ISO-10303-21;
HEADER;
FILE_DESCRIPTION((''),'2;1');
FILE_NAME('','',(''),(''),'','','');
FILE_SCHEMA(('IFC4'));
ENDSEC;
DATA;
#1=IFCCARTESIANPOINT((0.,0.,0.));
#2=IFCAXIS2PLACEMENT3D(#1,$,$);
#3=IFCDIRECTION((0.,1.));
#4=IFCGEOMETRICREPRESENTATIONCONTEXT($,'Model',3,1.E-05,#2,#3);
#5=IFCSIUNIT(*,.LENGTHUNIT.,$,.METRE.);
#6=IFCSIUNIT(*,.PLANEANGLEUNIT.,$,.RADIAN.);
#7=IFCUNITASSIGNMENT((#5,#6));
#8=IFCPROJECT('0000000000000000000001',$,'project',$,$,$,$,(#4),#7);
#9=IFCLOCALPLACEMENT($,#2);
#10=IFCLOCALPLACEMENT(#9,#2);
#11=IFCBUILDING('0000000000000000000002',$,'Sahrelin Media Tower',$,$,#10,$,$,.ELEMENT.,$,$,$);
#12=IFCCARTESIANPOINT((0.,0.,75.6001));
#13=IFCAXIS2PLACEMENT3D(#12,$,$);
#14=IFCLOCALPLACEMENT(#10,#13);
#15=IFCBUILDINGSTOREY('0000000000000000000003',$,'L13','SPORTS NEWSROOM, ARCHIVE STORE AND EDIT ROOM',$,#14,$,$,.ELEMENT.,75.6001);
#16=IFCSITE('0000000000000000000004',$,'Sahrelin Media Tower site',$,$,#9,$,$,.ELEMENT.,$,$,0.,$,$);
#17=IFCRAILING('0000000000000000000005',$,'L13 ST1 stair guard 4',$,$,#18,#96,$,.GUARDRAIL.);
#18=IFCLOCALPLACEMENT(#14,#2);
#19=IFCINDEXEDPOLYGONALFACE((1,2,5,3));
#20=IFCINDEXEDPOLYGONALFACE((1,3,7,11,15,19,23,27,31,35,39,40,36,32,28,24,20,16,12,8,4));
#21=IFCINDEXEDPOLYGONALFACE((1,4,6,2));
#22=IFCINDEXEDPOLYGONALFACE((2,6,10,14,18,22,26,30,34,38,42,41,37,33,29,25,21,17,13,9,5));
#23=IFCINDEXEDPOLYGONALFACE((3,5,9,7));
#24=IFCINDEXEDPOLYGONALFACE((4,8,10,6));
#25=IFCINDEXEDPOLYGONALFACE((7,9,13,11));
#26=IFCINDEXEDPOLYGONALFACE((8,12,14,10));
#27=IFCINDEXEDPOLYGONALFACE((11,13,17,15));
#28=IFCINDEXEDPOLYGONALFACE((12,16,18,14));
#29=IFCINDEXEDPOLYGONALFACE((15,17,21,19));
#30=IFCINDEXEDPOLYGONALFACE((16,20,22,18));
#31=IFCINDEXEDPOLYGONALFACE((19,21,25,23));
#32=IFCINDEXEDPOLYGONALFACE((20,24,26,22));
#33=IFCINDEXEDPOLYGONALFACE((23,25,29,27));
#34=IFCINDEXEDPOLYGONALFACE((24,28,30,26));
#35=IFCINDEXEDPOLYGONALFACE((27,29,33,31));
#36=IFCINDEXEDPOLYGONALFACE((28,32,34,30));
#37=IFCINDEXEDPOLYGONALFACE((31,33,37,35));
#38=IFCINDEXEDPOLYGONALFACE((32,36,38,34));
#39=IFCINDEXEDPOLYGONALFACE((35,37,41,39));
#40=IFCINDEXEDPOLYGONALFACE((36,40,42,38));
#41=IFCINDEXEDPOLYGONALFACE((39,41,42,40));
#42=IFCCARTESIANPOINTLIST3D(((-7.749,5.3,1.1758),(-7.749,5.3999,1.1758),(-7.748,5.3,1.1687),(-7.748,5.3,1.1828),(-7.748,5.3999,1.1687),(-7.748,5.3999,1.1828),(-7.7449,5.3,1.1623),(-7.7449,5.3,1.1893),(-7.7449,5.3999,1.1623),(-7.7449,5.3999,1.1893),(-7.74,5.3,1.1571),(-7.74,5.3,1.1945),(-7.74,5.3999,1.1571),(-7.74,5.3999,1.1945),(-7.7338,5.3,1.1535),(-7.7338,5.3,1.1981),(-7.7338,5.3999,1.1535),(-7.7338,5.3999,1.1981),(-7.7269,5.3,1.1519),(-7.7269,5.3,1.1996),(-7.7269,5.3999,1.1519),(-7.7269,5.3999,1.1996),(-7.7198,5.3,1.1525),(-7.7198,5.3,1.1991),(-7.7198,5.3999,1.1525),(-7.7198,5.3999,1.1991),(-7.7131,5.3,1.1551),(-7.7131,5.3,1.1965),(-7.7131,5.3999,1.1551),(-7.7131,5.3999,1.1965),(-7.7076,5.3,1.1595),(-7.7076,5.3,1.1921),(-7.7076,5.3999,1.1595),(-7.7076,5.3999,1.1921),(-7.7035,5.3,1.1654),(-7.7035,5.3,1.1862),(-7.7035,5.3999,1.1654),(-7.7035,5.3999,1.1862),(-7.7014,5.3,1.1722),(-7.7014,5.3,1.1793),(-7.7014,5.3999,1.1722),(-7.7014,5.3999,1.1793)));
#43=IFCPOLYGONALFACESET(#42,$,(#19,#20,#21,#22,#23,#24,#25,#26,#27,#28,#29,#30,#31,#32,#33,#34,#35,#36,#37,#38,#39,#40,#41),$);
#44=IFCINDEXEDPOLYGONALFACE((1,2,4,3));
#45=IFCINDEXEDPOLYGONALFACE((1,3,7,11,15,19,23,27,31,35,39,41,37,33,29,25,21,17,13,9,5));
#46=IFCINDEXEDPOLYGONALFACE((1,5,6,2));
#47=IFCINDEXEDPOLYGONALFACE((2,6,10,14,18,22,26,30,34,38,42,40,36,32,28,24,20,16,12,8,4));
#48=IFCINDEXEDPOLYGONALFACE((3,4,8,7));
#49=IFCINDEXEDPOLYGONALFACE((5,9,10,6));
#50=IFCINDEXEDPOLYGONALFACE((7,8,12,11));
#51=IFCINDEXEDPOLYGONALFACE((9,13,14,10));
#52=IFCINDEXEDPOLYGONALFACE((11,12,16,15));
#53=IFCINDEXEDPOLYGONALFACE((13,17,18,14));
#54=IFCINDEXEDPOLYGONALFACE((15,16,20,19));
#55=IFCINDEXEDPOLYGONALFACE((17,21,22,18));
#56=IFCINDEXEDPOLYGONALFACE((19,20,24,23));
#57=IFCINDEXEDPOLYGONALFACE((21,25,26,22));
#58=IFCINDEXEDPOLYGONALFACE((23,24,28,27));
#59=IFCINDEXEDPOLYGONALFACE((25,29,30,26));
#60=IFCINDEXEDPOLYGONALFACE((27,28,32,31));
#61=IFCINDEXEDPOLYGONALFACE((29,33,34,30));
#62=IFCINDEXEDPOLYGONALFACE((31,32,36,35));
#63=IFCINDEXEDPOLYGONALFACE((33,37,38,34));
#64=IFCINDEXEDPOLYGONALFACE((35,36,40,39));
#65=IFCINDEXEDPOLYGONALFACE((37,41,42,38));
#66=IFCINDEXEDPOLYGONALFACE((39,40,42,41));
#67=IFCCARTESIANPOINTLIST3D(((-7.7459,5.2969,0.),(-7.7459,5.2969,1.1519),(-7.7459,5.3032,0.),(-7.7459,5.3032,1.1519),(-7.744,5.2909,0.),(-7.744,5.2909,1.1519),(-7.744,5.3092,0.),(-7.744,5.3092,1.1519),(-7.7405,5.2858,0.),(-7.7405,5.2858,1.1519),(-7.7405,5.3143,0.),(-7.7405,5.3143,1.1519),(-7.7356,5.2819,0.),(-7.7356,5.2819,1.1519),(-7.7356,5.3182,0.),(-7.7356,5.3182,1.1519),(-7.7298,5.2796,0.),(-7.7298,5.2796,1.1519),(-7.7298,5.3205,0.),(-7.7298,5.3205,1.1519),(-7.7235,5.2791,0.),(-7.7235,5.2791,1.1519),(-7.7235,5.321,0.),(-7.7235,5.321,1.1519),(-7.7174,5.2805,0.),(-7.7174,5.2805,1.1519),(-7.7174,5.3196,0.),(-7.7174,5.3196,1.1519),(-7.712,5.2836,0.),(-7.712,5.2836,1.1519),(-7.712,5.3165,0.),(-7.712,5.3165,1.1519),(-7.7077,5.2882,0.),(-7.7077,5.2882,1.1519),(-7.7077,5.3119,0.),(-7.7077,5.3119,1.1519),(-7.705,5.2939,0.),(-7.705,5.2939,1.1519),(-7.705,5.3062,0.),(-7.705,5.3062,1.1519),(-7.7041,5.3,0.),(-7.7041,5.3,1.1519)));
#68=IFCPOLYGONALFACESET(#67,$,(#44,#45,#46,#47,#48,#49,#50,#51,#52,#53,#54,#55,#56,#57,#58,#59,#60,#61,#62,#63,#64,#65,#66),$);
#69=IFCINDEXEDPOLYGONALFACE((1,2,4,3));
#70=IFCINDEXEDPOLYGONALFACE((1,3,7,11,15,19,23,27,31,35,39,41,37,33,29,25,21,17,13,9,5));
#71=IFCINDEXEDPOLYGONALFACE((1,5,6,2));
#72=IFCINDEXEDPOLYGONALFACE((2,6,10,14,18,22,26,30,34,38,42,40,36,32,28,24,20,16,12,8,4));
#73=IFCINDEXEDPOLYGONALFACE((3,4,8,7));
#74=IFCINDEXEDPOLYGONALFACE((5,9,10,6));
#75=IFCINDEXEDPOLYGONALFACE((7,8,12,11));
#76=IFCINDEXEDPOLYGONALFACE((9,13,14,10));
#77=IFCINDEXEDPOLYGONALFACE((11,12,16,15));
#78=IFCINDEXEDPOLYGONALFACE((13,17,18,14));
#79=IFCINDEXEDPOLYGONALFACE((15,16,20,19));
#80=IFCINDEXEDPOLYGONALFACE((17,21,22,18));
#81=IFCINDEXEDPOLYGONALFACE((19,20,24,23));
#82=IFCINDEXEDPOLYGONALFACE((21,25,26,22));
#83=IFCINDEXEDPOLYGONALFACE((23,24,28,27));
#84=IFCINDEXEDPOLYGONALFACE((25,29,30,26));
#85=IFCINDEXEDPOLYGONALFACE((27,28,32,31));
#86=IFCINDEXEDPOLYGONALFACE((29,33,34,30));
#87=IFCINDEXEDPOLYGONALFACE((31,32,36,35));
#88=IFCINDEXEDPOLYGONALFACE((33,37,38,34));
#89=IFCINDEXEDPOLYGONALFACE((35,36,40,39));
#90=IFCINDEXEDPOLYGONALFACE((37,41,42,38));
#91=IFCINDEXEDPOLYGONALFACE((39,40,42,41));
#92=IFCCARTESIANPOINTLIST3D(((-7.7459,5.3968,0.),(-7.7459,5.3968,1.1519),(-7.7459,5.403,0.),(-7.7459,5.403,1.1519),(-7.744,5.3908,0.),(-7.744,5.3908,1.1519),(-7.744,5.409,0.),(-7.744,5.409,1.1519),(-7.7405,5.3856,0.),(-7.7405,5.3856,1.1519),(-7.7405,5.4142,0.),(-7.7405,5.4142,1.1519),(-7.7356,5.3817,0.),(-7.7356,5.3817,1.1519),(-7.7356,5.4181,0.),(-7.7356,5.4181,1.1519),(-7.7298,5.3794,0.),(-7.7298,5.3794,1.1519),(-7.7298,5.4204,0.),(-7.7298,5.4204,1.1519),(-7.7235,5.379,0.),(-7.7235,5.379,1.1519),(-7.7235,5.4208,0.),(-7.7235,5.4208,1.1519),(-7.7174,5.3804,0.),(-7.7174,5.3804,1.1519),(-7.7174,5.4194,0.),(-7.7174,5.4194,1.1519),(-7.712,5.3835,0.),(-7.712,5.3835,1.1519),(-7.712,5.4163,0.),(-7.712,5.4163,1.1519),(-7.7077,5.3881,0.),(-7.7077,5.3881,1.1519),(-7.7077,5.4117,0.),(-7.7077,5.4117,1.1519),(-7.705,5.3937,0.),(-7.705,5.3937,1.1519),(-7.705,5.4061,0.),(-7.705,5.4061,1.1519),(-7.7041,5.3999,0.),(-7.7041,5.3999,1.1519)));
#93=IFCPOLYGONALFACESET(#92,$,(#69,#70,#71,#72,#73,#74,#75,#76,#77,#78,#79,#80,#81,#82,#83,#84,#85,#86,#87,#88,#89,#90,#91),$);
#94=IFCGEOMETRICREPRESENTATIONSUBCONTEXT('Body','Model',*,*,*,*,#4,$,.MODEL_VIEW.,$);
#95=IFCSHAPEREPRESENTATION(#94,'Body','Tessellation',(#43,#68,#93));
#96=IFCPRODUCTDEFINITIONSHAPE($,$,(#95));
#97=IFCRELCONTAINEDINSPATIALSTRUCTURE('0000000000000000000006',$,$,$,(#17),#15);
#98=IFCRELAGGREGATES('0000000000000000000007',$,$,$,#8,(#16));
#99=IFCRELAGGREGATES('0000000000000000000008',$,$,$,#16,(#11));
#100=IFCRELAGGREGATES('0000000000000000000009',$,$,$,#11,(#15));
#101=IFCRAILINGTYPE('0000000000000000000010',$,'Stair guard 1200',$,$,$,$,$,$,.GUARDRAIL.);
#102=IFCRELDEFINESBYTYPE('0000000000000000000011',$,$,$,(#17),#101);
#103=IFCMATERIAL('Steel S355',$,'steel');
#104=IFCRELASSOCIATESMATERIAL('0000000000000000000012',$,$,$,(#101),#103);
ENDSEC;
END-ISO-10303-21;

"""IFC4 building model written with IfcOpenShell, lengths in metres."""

from ifc_helpers import new_model, si_unit, direction, frame, origin, origin_2d, place, context, subcontext, project, spatial, circle, extrude, material, type_object, element, save


model = new_model("IFC4")

# Units and contexts
model_context = context("Model", 3, precision=1e-05, world=origin(), true_north=direction((0.0, 1.0)))
body_context = subcontext(model_context, "Body", "Model", "MODEL_VIEW")
ifc_project = project(units=[si_unit("LENGTHUNIT", "METRE"), si_unit("PLANEANGLEUNIT", "RADIAN")], contexts=[model_context])

# Site, building, storey
site_placement = place(None, origin())
site = spatial("IfcSite", under=ifc_project, at=site_placement, Name="Sahrelin Media Tower site", CompositionType="ELEMENT", RefElevation=0.0)
building_placement = place(site_placement, origin())
building = spatial("IfcBuilding", under=site, at=building_placement, Name="Sahrelin Media Tower", CompositionType="ELEMENT")
storey_placement = place(building_placement, frame((0.0, 0.0, 75.6001)))
storey = spatial("IfcBuildingStorey", under=building, at=storey_placement, Name="L13", Description="SPORTS NEWSROOM, ARCHIVE STORE AND EDIT ROOM", CompositionType="ELEMENT", Elevation=75.6001)

# Shared definitions
ifc_material_1 = material(Name="Steel S355", Category="steel")

# Railing
railing_type_1 = type_object("IfcRailingType", Name="Stair guard 1200", PredefinedType="GUARDRAIL", material=ifc_material_1)
railing_1_placement = place(storey_placement, frame((-7.7251, 5.3, 0.0)))
element("IfcRailing", 1, at=railing_1_placement, inside=storey, type_object=railing_type_1, Name="L13 ST1 stair guard 4", PredefinedType="GUARDRAIL", context=body_context, shape_type="SweptSolid", body=[
    extrude(circle(Radius=0.0239, at=origin_2d()), frame((0.0, 0.0, 1.1758), z_axis=(0.0, 1.0, 0.0), x_axis=(-1.0, 0.0, 0.0)), (0.0, 0.0, 1.0), 0.0999),
    extrude(circle(Radius=0.021, at=origin_2d()), origin(), (0.0, 0.0, 1.0), 1.1519),
    extrude(circle(Radius=0.021, at=origin_2d()), frame((0.0, 0.0999, 0.0)), (0.0, 0.0, 1.0), 1.1519),
])

save(model, "model.ifc")
